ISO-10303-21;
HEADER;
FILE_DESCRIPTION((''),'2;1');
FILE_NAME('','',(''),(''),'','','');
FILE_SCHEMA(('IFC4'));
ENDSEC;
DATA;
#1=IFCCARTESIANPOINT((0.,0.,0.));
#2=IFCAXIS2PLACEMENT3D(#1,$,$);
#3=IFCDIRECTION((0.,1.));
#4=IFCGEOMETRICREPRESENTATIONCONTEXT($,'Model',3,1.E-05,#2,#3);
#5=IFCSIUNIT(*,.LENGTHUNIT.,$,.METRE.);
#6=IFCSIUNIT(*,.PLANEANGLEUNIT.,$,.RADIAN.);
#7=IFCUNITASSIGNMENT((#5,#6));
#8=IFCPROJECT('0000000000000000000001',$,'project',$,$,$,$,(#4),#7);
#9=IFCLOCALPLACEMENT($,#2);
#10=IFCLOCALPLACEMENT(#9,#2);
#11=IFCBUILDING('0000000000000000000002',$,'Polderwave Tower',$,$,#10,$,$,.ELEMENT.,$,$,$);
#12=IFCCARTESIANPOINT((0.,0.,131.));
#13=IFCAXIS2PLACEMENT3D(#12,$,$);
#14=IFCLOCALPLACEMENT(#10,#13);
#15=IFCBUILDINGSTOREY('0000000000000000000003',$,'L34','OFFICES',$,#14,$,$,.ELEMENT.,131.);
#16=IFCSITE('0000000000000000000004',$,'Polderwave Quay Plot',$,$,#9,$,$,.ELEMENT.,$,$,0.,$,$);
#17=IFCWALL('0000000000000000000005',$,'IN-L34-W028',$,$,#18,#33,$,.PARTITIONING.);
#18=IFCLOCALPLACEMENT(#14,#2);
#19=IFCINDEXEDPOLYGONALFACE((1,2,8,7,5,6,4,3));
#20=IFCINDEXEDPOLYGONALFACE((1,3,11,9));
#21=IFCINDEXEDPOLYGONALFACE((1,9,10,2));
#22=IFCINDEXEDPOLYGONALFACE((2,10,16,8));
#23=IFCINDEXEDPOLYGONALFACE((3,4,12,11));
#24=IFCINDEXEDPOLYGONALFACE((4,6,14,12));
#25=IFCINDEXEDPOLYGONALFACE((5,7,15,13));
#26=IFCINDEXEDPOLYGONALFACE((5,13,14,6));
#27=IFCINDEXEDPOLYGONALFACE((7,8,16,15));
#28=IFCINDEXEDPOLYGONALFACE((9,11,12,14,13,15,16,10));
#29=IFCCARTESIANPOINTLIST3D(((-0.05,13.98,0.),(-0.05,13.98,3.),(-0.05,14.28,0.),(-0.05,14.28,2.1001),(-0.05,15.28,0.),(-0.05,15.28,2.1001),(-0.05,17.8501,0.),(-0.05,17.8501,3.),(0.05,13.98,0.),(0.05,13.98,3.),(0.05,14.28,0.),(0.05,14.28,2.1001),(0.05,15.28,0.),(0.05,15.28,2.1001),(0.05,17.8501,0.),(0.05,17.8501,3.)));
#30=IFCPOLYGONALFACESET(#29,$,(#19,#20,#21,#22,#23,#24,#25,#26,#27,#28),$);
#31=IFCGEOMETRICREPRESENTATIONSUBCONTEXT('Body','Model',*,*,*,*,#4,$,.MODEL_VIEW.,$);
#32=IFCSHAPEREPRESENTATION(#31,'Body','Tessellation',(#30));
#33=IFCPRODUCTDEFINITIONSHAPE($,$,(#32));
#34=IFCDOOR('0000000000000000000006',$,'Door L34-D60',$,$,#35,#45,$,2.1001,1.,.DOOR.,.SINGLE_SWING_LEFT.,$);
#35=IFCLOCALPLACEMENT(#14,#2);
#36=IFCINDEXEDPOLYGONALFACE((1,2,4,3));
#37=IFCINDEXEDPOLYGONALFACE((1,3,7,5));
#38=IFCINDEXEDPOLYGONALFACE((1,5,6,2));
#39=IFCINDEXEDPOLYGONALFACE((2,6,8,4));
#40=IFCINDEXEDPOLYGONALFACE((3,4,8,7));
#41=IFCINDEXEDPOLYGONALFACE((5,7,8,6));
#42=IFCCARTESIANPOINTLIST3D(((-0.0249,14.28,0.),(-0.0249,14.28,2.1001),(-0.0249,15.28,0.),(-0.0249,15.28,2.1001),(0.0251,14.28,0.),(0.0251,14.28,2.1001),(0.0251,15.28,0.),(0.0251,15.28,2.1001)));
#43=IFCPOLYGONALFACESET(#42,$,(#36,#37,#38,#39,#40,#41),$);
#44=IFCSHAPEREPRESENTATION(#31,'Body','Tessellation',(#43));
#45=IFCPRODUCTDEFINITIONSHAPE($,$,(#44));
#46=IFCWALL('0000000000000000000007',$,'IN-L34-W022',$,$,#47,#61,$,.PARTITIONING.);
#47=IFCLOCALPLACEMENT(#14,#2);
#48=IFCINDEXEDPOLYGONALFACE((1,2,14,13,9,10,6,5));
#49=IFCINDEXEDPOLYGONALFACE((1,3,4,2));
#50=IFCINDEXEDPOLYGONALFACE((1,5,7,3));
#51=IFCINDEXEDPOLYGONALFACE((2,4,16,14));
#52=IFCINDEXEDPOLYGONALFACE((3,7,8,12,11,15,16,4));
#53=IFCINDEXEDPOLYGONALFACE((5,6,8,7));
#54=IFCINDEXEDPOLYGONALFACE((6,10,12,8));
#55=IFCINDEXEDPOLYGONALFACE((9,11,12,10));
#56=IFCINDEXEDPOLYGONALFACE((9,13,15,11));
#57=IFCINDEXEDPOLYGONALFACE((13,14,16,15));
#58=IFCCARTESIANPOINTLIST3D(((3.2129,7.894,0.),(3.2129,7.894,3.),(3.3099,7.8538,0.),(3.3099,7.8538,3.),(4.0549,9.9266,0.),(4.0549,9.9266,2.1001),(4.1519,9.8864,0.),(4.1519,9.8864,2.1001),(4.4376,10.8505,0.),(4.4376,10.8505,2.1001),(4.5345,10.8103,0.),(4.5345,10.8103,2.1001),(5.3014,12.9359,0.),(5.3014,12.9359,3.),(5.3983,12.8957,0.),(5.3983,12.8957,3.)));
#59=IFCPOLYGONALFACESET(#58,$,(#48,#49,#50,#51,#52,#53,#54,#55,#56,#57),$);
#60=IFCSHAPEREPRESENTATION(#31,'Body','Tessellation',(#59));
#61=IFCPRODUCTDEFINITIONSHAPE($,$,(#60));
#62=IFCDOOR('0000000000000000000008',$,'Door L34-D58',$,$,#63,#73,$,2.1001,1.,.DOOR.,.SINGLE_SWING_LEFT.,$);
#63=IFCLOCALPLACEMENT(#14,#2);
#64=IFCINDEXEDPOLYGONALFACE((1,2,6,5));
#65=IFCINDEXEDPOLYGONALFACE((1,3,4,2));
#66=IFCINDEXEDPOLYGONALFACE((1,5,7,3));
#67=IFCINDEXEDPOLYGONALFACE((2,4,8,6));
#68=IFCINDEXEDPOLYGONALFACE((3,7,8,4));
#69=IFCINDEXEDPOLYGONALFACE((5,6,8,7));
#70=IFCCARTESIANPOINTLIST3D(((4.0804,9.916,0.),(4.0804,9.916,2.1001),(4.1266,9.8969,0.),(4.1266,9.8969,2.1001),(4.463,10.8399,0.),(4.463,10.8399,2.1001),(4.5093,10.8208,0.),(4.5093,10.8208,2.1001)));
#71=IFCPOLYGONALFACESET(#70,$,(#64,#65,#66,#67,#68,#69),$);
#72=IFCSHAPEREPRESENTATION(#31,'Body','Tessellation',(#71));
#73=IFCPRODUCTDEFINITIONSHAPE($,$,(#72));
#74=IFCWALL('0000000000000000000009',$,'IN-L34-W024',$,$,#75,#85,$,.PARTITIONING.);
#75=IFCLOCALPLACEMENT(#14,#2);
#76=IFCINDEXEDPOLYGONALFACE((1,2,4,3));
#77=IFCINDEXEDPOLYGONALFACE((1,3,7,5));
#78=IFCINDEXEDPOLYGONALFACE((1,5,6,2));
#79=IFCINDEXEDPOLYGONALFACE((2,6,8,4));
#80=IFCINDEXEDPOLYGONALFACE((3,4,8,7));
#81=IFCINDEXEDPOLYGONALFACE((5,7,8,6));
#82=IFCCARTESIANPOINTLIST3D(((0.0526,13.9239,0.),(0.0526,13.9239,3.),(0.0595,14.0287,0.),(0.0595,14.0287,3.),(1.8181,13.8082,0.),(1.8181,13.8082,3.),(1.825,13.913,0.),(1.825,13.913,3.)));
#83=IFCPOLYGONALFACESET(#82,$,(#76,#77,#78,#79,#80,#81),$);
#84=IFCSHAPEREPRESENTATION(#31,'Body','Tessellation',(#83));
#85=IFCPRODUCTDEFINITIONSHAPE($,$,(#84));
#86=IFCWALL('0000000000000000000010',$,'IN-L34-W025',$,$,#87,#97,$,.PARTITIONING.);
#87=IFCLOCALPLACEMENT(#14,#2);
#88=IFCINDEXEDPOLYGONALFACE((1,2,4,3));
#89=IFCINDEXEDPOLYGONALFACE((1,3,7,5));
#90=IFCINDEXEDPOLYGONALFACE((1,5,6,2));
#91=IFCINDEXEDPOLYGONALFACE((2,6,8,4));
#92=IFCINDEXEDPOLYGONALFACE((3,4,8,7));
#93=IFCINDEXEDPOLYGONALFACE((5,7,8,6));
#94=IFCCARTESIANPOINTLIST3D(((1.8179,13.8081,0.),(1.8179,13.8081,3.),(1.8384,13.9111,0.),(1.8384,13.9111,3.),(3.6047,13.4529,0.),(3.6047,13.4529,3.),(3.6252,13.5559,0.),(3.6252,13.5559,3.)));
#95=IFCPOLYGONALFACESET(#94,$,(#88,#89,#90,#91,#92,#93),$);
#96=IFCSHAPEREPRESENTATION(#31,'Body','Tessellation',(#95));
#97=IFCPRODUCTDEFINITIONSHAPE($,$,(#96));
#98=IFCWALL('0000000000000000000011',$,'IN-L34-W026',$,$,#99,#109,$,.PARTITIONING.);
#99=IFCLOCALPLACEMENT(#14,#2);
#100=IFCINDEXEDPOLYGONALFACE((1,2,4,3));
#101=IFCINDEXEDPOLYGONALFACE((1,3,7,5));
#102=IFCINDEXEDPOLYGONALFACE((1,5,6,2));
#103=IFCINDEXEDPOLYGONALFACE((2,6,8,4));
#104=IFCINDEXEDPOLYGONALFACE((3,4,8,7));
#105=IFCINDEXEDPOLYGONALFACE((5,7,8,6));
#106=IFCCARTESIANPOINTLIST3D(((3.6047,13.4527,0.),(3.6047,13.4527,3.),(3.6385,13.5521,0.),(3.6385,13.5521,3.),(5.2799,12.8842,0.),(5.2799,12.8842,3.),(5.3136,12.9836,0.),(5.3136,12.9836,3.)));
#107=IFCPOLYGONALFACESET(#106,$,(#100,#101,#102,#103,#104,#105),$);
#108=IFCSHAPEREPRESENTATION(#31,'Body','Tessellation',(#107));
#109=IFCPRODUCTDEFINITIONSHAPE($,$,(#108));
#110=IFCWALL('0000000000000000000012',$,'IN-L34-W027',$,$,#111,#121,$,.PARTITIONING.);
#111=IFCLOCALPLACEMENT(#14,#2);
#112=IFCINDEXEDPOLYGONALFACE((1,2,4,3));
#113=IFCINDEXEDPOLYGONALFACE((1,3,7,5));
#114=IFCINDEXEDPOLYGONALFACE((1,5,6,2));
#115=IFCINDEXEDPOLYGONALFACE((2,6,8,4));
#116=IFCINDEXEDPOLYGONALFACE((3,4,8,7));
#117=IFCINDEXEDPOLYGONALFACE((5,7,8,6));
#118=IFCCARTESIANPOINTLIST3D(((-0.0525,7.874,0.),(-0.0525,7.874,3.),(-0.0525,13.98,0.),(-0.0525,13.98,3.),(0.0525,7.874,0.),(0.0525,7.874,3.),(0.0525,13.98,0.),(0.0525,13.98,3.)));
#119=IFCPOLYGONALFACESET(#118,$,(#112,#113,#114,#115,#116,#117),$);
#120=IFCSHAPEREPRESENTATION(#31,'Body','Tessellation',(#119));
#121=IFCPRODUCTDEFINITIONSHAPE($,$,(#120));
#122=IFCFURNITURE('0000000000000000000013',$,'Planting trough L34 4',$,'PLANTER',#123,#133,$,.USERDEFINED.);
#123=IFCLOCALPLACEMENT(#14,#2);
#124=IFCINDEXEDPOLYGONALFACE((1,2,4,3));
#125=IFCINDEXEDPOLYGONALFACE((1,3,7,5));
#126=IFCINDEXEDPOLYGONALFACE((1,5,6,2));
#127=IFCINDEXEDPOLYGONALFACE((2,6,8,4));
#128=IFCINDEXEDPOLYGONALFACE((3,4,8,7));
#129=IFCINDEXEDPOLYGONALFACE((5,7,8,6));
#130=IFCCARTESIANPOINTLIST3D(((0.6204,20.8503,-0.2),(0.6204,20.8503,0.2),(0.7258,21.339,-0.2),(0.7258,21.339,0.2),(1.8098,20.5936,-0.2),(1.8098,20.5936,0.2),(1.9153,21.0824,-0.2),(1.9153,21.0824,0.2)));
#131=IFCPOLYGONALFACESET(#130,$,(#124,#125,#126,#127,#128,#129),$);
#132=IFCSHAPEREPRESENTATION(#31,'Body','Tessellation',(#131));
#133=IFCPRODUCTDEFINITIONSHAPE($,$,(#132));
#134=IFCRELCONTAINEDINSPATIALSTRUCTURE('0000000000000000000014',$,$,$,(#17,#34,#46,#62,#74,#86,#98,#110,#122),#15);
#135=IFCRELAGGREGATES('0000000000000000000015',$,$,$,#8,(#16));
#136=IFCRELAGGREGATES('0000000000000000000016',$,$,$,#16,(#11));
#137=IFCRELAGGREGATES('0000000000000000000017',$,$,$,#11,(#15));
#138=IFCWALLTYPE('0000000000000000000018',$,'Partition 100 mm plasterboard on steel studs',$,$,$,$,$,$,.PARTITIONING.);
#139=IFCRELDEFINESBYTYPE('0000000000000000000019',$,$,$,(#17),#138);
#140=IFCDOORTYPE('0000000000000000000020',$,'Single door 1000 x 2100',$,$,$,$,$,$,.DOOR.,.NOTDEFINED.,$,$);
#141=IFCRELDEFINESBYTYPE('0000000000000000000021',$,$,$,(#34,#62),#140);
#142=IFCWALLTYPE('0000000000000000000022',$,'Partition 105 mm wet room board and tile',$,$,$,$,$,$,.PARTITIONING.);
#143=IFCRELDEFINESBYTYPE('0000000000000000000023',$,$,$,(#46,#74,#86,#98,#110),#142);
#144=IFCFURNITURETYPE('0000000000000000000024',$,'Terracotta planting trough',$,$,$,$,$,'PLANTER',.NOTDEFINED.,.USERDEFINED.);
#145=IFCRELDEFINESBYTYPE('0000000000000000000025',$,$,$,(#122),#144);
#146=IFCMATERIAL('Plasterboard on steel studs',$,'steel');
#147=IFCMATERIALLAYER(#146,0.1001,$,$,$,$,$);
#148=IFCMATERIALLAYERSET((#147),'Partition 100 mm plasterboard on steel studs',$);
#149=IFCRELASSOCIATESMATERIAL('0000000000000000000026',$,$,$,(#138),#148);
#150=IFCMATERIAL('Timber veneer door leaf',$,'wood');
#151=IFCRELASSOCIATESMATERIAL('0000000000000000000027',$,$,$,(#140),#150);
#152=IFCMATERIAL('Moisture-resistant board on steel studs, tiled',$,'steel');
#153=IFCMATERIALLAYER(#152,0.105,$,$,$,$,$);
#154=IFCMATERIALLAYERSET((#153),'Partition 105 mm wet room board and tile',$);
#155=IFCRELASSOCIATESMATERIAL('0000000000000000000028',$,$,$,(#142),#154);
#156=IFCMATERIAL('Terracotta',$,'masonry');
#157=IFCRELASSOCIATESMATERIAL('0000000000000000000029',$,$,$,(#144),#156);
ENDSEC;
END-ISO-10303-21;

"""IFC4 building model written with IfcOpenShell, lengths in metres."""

from ifc_helpers import new_model, si_unit, direction, frame, frame_2d, origin, origin_2d, place, context, subcontext, project, spatial, rectangle, extrude, material, layer, layer_set, type_object, element, fill, save


model = new_model("IFC4")

# Units and contexts
model_context = context("Model", 3, precision=1e-05, world=origin(), true_north=direction((0.0, 1.0)))
body_context = subcontext(model_context, "Body", "Model", "MODEL_VIEW")
ifc_project = project(units=[si_unit("LENGTHUNIT", "METRE"), si_unit("PLANEANGLEUNIT", "RADIAN")], contexts=[model_context])

# Site, building, storey
site_placement = place(None, origin())
site = spatial("IfcSite", under=ifc_project, at=site_placement, Name="Polderwave Quay Plot", CompositionType="ELEMENT", RefElevation=0.0)
building_placement = place(site_placement, origin())
building = spatial("IfcBuilding", under=site, at=building_placement, Name="Polderwave Tower", CompositionType="ELEMENT")
storey_placement = place(building_placement, frame((0.0, 0.0, 131.0)))
storey = spatial("IfcBuildingStorey", under=building, at=storey_placement, Name="L34", Description="OFFICES", CompositionType="ELEMENT", Elevation=131.0)

# Walls, openings, doors
ifc_material_1 = material(Name="Plasterboard on steel studs", Category="steel")
ifc_layer_1 = layer(ifc_material_1, 0.1001)
ifc_layer_set_1 = layer_set([ifc_layer_1], Name="Partition 100 mm plasterboard on steel studs")
wall_type_1 = type_object("IfcWallType", Name="Partition 100 mm plasterboard on steel studs", PredefinedType="PARTITIONING", material=ifc_layer_set_1)
ifc_material_2 = material(Name="Timber veneer door leaf", Category="wood")
door_type = type_object("IfcDoorType", Name="Single door 1000 x 2100", OperationType="NOTDEFINED", PredefinedType="DOOR", material=ifc_material_2)
wall_1_placement = place(storey_placement, frame((0.0, 13.98, 0.0), z_axis=(0.0, 0.0, 1.0), x_axis=(0.0, 1.0, 0.0)))
wall_1 = element("IfcWall", 1, at=wall_1_placement, inside=storey, type_object=wall_type_1, Name="IN-L34-W028", PredefinedType="PARTITIONING", context=body_context, shape_type="SweptSolid", body=[
    extrude(rectangle(XDim=3.8701, YDim=0.1001, at=frame_2d((1.9351, 0.0))), origin(), (0.0, 0.0, 1.0), 3.0),
])
opening_1_placement = place(wall_1_placement, frame((0.3, 0.0, 0.0)))
opening_1 = element("IfcOpeningElement", 2, at=opening_1_placement, cuts=wall_1, PredefinedType="OPENING", context=body_context, shape_type="SweptSolid", body=[
    extrude(rectangle(XDim=1.0, YDim=2.1001, at=frame_2d((0.5, 1.05))), frame((0.0, 0.0601, 0.0), z_axis=(0.0, -1.0, 0.0), x_axis=(1.0, 0.0, 0.0)), (0.0, 0.0, 1.0), 0.1201),
])
door_1_placement = place(opening_1_placement, origin())
door_1 = element("IfcDoor", 3, at=door_1_placement, inside=storey, type_object=door_type, Name="Door L34-D60", OperationType="SINGLE_SWING_LEFT", OverallHeight=2.1001, OverallWidth=1.0, PredefinedType="DOOR", context=body_context, shape_type="SweptSolid", body=[
    extrude(rectangle(XDim=1.0, YDim=2.1001, at=frame_2d((0.5, 1.05))), frame((0.0, 0.0249, 0.0), z_axis=(0.0, -1.0, 0.0), x_axis=(1.0, 0.0, 0.0)), (0.0, 0.0, 1.0), 0.05),
])
fill(opening_1, door_1)
ifc_material_3 = material(Name="Moisture-resistant board on steel studs, tiled", Category="steel")
ifc_layer_2 = layer(ifc_material_3, 0.105)
ifc_layer_set_2 = layer_set([ifc_layer_2], Name="Partition 105 mm wet room board and tile")
wall_type_2 = type_object("IfcWallType", Name="Partition 105 mm wet room board and tile", PredefinedType="PARTITIONING", material=ifc_layer_set_2)
wall_2_placement = place(storey_placement, frame((3.2615, 7.874, 0.0), z_axis=(0.0, 0.0, 1.0), x_axis=(0.382686, 0.923878, 0.0)))
wall_2 = element("IfcWall", 4, at=wall_2_placement, inside=storey, type_object=wall_type_2, Name="IN-L34-W022", PredefinedType="PARTITIONING", context=body_context, shape_type="SweptSolid", body=[
    extrude(rectangle(XDim=5.4573, YDim=0.105, at=frame_2d((2.7285, 0.0))), origin(), (0.0, 0.0, 1.0), 3.0),
])
opening_2_placement = place(wall_2_placement, frame((2.2, 0.0, 0.0)))
opening_2 = element("IfcOpeningElement", 5, at=opening_2_placement, cuts=wall_2, PredefinedType="OPENING", context=body_context, shape_type="SweptSolid", body=[
    extrude(rectangle(XDim=1.0, YDim=2.1001, at=frame_2d((0.5, 1.05))), frame((0.0, 0.0625, 0.0), z_axis=(0.0, -1.0, 0.0), x_axis=(1.0, 0.0, 0.0)), (0.0, 0.0, 1.0), 0.125),
])
door_2_placement = place(opening_2_placement, origin())
door_2 = element("IfcDoor", 6, at=door_2_placement, inside=storey, type_object=door_type, Name="Door L34-D58", OperationType="SINGLE_SWING_LEFT", OverallHeight=2.1001, OverallWidth=1.0, PredefinedType="DOOR", context=body_context, shape_type="SweptSolid", body=[
    extrude(rectangle(XDim=1.0, YDim=2.1001, at=frame_2d((0.5, 1.05))), frame((0.0, 0.0249, 0.0), z_axis=(0.0, -1.0, 0.0), x_axis=(1.0, 0.0, 0.0)), (0.0, 0.0, 1.0), 0.05),
])
fill(opening_2, door_2)

# Walls
wall_3_placement = place(storey_placement, frame((0.0559, 13.9763, 0.0), z_axis=(0.0, 0.0, 1.0), x_axis=(0.997858, -0.065411, 0.0)))
element("IfcWall", 7, at=wall_3_placement, inside=storey, type_object=wall_type_2, Name="IN-L34-W024", PredefinedType="PARTITIONING", context=body_context, shape_type="SweptSolid", body=[
    extrude(rectangle(XDim=1.7693, YDim=0.105, at=frame_2d((0.8848, 0.0))), origin(), (0.0, 0.0, 1.0), 3.0),
])
wall_4_placement = place(storey_placement, frame((1.8281, 13.8596, 0.0), z_axis=(0.0, 0.0, 1.0), x_axis=(0.980807, -0.194982, 0.0)))
element("IfcWall", 8, at=wall_4_placement, inside=storey, type_object=wall_type_2, Name="IN-L34-W025", PredefinedType="PARTITIONING", context=body_context, shape_type="SweptSolid", body=[
    extrude(rectangle(XDim=1.8218, YDim=0.105, at=frame_2d((0.9109, 0.0))), origin(), (0.0, 0.0, 1.0), 3.0),
])
wall_5_placement = place(storey_placement, frame((3.6216, 13.5024, 0.0), z_axis=(0.0, 0.0, 1.0), x_axis=(0.946944, -0.321398, 0.0)))
element("IfcWall", 9, at=wall_5_placement, inside=storey, type_object=wall_type_2, Name="IN-L34-W026", PredefinedType="PARTITIONING", context=body_context, shape_type="SweptSolid", body=[
    extrude(rectangle(XDim=1.769, YDim=0.105, at=frame_2d((0.8845, 0.0))), origin(), (0.0, 0.0, 1.0), 3.0),
])
wall_6_placement = place(storey_placement, frame((0.0, 7.874, 0.0), z_axis=(0.0, 0.0, 1.0), x_axis=(0.0, 1.0, 0.0)))
element("IfcWall", 10, at=wall_6_placement, inside=storey, type_object=wall_type_2, Name="IN-L34-W027", PredefinedType="PARTITIONING", context=body_context, shape_type="SweptSolid", body=[
    extrude(rectangle(XDim=6.106, YDim=0.105, at=frame_2d((3.053, 0.0))), origin(), (0.0, 0.0, 1.0), 3.0),
])

# Furniture
ifc_material_4 = material(Name="Terracotta", Category="masonry")
furniture_type = type_object("IfcFurnitureType", Name="Terracotta planting trough", ElementType="PLANTER", AssemblyPlace="NOTDEFINED", PredefinedType="USERDEFINED", material=ifc_material_4)
furniture_placement = place(storey_placement, frame((1.2678, 20.9663, -0.2), z_axis=(0.0, 0.0, 1.0), x_axis=(-0.977504, 0.210915, 0.0)))
element("IfcFurniture", 11, at=furniture_placement, inside=storey, type_object=furniture_type, Name="Planting trough L34 4", ObjectType="PLANTER", PredefinedType="USERDEFINED", context=body_context, shape_type="SweptSolid", body=[
    extrude(rectangle(XDim=1.2168, YDim=0.5, at=origin_2d()), origin(), (0.0, 0.0, 1.0), 0.3999),
])

save(model, "model.ifc")
